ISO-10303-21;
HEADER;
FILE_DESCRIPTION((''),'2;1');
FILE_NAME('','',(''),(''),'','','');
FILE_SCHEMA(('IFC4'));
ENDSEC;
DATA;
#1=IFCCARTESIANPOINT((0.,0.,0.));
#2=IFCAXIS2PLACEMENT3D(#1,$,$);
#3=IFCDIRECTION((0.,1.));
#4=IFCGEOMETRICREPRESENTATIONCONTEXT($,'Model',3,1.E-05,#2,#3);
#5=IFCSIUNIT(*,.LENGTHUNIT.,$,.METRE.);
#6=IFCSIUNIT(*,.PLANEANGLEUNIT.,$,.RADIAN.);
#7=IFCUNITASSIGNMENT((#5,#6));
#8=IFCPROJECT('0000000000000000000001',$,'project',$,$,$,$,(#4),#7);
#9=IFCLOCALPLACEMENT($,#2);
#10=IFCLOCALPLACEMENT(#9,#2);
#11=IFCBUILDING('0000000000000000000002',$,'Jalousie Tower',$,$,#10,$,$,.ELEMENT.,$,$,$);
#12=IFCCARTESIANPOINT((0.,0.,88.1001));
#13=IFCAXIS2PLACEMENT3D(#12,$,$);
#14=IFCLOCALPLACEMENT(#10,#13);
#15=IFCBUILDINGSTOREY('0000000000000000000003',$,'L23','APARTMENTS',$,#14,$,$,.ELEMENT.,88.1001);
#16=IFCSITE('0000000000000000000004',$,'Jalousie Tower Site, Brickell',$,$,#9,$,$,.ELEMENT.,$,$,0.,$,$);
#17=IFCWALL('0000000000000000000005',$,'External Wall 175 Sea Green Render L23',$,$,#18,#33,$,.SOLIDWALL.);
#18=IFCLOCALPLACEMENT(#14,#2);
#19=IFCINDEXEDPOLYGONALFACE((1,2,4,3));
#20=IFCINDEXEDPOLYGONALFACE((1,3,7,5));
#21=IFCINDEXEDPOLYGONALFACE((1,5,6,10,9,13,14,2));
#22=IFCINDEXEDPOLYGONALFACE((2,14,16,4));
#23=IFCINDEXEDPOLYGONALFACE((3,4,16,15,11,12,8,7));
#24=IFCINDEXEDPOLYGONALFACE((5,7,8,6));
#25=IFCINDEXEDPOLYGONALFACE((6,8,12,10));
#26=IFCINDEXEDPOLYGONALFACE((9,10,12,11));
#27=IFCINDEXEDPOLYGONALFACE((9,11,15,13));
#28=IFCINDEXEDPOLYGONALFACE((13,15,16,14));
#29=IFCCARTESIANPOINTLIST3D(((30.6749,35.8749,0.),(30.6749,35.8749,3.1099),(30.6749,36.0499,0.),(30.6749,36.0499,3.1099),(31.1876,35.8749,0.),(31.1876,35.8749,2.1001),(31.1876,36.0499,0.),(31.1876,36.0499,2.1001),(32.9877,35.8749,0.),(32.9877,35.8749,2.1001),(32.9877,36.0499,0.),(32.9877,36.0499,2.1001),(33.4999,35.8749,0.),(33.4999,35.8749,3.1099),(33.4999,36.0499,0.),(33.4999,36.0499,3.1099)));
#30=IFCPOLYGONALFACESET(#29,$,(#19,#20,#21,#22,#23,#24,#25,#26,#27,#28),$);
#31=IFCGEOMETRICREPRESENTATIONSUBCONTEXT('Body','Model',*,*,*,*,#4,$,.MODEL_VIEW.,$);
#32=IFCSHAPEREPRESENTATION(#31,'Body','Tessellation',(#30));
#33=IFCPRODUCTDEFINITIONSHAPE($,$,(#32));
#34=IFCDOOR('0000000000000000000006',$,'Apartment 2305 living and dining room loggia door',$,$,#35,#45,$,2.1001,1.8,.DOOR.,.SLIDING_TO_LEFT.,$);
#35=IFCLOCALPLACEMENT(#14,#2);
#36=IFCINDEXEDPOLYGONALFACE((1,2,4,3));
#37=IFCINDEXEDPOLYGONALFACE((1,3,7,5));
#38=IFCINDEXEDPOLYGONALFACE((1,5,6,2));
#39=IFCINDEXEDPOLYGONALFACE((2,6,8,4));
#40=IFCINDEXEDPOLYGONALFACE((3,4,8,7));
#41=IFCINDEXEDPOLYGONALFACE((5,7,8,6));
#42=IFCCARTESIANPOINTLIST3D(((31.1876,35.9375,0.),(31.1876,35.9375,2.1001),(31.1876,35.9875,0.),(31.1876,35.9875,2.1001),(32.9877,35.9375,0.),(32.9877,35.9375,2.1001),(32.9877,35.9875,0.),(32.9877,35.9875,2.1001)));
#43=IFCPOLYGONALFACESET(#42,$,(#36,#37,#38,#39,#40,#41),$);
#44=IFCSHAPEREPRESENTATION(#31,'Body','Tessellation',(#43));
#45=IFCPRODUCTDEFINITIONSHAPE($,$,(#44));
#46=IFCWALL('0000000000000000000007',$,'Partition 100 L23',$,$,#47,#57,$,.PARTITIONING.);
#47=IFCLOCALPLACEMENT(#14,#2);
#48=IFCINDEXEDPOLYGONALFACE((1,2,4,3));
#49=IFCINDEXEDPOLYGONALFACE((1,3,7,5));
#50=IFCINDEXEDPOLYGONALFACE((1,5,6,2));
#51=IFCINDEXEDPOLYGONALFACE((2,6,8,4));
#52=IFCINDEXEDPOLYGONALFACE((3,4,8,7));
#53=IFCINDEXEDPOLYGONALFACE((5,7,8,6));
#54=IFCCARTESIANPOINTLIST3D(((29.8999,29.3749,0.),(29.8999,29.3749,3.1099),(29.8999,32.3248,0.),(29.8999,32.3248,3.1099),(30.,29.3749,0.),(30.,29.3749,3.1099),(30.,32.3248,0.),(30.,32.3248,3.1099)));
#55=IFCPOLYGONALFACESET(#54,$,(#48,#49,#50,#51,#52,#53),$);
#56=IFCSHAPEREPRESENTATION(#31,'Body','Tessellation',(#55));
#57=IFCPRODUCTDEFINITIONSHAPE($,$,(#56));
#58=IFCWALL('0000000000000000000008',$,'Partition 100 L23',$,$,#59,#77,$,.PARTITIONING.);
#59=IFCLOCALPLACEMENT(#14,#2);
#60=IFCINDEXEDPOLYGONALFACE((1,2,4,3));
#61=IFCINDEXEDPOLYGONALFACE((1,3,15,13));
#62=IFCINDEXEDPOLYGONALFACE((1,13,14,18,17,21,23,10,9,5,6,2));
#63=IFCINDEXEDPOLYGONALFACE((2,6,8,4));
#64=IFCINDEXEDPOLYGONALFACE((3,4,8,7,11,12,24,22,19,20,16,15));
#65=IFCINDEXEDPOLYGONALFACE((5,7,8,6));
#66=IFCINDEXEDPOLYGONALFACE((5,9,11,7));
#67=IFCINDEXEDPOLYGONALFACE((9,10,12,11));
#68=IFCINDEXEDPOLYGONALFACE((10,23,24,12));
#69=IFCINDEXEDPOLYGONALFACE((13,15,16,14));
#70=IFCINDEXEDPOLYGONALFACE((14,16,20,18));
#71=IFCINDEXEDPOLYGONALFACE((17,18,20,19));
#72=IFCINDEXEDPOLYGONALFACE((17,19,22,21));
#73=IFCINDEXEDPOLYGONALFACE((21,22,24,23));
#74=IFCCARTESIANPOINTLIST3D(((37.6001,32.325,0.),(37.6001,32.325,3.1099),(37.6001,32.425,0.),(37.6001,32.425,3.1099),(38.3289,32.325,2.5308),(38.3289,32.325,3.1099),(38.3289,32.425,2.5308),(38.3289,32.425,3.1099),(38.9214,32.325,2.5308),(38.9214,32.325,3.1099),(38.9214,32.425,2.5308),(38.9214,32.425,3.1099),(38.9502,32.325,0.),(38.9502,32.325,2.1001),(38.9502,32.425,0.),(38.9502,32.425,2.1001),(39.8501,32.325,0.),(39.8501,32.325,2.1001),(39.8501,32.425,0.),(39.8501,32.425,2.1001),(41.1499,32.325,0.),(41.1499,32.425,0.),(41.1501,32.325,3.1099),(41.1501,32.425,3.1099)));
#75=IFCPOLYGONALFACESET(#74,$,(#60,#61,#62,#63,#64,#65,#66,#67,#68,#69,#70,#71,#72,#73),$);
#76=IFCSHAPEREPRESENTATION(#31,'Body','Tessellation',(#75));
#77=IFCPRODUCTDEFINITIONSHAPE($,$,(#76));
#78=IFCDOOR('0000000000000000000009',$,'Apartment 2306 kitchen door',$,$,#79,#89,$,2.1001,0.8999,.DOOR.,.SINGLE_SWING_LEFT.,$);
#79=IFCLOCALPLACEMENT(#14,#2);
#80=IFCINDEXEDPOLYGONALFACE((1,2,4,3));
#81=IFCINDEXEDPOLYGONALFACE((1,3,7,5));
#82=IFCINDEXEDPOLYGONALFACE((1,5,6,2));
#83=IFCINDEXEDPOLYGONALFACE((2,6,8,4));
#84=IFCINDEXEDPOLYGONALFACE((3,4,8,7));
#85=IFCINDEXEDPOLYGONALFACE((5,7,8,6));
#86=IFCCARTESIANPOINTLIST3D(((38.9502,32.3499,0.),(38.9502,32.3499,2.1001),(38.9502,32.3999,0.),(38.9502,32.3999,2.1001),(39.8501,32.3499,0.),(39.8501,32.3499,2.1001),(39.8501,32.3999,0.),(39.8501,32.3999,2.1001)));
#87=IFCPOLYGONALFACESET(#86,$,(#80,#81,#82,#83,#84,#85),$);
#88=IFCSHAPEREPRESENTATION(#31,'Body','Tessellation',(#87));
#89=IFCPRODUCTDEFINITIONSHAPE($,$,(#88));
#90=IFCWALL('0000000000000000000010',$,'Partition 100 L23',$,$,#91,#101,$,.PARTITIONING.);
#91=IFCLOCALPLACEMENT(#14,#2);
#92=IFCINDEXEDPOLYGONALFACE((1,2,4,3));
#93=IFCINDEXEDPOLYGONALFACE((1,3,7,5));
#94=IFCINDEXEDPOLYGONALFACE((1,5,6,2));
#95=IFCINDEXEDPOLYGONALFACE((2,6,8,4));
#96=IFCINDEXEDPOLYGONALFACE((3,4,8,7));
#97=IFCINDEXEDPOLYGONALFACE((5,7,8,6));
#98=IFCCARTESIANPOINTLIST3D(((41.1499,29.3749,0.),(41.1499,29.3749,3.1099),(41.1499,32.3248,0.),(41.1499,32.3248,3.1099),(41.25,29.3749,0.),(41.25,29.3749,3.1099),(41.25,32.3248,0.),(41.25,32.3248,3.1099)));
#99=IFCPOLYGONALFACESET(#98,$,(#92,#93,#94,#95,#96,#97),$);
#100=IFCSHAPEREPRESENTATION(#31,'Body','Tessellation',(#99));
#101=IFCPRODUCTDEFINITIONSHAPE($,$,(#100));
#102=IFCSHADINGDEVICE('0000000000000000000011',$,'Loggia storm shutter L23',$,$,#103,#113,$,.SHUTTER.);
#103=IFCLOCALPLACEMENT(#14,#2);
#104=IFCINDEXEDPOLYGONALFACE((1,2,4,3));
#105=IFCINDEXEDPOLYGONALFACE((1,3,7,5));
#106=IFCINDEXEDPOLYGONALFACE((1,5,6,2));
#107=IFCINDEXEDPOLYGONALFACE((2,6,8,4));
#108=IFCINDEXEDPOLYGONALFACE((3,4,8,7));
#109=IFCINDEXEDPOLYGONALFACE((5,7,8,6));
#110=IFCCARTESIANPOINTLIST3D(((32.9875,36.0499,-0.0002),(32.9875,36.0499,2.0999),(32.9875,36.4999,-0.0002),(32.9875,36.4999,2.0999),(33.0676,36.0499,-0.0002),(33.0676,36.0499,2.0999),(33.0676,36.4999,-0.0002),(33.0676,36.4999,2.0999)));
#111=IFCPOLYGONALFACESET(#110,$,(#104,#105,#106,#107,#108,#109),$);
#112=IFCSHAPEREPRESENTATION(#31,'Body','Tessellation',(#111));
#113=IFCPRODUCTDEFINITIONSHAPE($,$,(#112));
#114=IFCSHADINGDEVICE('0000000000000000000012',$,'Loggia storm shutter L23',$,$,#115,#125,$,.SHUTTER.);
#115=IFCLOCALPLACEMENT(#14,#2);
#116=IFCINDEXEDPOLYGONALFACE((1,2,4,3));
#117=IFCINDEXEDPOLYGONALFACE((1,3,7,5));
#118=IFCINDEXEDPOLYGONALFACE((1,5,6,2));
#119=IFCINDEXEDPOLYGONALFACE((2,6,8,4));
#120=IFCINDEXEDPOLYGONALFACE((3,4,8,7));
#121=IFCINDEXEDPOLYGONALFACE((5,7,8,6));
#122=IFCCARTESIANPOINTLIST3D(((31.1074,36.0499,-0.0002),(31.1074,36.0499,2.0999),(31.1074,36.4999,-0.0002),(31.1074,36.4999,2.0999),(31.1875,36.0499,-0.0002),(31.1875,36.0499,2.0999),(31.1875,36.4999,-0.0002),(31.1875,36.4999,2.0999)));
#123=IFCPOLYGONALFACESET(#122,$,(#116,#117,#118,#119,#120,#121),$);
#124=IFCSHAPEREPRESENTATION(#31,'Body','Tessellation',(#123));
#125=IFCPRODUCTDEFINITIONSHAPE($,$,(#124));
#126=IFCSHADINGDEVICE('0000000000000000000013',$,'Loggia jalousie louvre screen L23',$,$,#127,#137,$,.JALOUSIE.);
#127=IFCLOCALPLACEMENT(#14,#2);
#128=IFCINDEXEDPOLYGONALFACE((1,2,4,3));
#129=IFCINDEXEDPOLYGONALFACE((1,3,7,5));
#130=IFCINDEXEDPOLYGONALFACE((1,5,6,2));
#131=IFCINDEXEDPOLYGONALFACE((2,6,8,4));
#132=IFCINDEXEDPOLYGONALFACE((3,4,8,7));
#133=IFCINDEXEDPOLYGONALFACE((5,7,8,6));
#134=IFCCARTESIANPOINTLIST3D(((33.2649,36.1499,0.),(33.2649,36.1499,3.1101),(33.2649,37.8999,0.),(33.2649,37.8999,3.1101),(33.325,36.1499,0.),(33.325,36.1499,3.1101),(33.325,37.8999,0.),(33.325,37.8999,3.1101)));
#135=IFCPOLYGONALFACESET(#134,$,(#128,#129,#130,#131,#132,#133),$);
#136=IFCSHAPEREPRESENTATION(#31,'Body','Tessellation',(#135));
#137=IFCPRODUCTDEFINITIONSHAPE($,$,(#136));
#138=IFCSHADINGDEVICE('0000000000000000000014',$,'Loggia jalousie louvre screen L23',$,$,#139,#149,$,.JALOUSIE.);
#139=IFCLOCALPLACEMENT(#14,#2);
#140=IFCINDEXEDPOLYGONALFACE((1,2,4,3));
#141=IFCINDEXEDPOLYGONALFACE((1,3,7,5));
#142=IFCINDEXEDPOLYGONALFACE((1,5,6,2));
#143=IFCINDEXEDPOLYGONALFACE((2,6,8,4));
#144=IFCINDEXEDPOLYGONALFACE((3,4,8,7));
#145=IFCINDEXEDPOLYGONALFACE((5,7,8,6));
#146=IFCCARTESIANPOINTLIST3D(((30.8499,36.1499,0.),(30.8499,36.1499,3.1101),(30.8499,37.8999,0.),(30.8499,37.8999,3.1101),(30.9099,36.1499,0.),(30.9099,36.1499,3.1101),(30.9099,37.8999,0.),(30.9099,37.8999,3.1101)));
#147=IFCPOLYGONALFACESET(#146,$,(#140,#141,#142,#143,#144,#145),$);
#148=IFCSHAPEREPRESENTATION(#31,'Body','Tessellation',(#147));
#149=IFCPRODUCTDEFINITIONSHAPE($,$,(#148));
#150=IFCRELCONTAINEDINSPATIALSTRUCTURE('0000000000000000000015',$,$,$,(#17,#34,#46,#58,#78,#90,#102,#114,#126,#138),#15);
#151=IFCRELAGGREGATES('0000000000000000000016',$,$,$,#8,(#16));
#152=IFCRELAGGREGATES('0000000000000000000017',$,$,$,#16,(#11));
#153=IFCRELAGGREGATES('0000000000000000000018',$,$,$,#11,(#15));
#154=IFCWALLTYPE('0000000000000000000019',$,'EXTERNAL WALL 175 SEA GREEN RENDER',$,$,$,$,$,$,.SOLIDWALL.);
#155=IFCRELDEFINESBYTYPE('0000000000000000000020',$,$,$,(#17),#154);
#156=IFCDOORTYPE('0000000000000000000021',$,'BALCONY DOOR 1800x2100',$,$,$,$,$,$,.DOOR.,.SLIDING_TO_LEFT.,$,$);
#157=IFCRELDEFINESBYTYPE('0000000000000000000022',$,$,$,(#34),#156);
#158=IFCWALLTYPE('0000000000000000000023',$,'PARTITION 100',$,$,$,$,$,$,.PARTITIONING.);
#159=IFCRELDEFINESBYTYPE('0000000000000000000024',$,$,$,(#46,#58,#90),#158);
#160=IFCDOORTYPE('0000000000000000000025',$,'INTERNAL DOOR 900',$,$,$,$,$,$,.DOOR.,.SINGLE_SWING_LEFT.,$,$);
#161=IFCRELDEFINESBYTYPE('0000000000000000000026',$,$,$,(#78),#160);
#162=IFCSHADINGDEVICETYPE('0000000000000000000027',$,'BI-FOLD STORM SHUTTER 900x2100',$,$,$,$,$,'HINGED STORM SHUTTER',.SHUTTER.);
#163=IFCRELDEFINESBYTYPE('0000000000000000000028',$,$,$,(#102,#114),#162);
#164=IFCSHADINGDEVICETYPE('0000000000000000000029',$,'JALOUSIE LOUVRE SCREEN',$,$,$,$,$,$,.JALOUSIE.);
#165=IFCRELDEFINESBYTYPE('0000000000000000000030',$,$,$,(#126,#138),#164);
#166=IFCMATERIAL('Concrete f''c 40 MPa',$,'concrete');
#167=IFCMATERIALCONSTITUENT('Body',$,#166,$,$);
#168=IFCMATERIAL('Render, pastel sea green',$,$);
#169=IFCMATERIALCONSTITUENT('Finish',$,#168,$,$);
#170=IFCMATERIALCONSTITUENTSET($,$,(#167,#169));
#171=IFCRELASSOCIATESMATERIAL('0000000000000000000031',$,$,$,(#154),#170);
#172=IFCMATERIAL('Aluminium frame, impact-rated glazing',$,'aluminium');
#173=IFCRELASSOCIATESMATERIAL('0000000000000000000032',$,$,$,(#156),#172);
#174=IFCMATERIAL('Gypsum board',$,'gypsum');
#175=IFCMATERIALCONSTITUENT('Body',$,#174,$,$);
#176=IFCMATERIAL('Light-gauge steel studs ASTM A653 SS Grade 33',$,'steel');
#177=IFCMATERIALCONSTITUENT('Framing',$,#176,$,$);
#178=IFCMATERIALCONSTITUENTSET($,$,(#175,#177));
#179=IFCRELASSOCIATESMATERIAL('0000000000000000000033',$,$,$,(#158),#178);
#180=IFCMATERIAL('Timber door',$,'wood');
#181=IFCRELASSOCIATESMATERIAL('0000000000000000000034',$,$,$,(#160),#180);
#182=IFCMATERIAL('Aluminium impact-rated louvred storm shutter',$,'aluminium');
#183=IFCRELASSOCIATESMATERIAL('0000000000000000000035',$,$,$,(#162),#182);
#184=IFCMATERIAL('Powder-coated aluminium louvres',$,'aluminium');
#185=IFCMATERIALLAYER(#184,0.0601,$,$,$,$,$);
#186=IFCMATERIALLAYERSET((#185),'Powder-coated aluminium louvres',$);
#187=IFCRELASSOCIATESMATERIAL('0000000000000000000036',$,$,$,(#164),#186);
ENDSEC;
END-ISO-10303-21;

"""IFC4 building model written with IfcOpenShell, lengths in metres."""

from ifc_helpers import new_model, si_unit, direction, frame, frame_2d, origin, origin_2d, place, context, subcontext, project, spatial, polyline, rectangle, outline, extrude, material, layer, layer_set, constituent, constituent_set, type_object, element, fill, save


model = new_model("IFC4")

# Units and contexts
model_context = context("Model", 3, precision=1e-05, world=origin(), true_north=direction((0.0, 1.0)))
body_context = subcontext(model_context, "Body", "Model", "MODEL_VIEW")
ifc_project = project(units=[si_unit("LENGTHUNIT", "METRE"), si_unit("PLANEANGLEUNIT", "RADIAN")], contexts=[model_context])

# Site, building, storey
site_placement = place(None, origin())
site = spatial("IfcSite", under=ifc_project, at=site_placement, Name="Jalousie Tower Site, Brickell", CompositionType="ELEMENT", RefElevation=0.0)
building_placement = place(site_placement, origin())
building = spatial("IfcBuilding", under=site, at=building_placement, Name="Jalousie Tower", CompositionType="ELEMENT")
storey_placement = place(building_placement, frame((0.0, 0.0, 88.1001)))
storey = spatial("IfcBuildingStorey", under=building, at=storey_placement, Name="L23", Description="APARTMENTS", CompositionType="ELEMENT", Elevation=88.1001)

# Wall, opening, door
ifc_material_1 = material(Name="Concrete f'c 40 MPa", Category="concrete")
ifc_constituent_1 = constituent(ifc_material_1, Name="Body")
ifc_material_2 = material(Name="Render, pastel sea green")
ifc_constituent_2 = constituent(ifc_material_2, Name="Finish")
ifc_constituent_set_1 = constituent_set(constituents=[ifc_constituent_1, ifc_constituent_2])
wall_type_1 = type_object("IfcWallType", Name="EXTERNAL WALL 175 SEA GREEN RENDER", PredefinedType="SOLIDWALL", material=ifc_constituent_set_1)
wall_1_placement = place(storey_placement, frame((33.5, 35.9624, 0.0), z_axis=(0.0, 0.0, 1.0), x_axis=(-1.0, 0.0, 0.0)))
wall_1 = element("IfcWall", 1, at=wall_1_placement, inside=storey, type_object=wall_type_1, Name="External Wall 175 Sea Green Render L23", PredefinedType="SOLIDWALL", context=body_context, shape_type="SweptSolid", body=[
    extrude(rectangle(XDim=2.825, YDim=0.175, at=frame_2d((1.4126, 0.0))), origin(), (0.0, 0.0, 1.0), 3.1099),
])
opening_1_placement = place(wall_1_placement, frame((0.5125, 0.0, 0.0)))
opening_1 = element("IfcOpeningElement", 2, at=opening_1_placement, cuts=wall_1, PredefinedType="OPENING", context=body_context, shape_type="SweptSolid", body=[
    extrude(rectangle(XDim=1.8, YDim=2.1001, at=frame_2d((0.8999, 1.05))), frame((0.0, 0.0974, 0.0), z_axis=(0.0, -1.0, 0.0), x_axis=(1.0, 0.0, 0.0)), (0.0, 0.0, 1.0), 0.1951),
])
ifc_material_3 = material(Name="Aluminium frame, impact-rated glazing", Category="aluminium")
door_type_1 = type_object("IfcDoorType", Name="BALCONY DOOR 1800x2100", OperationType="SLIDING_TO_LEFT", PredefinedType="DOOR", material=ifc_material_3)
door_1_placement = place(opening_1_placement, origin())
door_1 = element("IfcDoor", 3, at=door_1_placement, inside=storey, type_object=door_type_1, Name="Apartment 2305 living and dining room loggia door", OperationType="SLIDING_TO_LEFT", OverallHeight=2.1001, OverallWidth=1.8, PredefinedType="DOOR", context=body_context, shape_type="SweptSolid", body=[
    extrude(rectangle(XDim=1.8, YDim=2.1001, at=frame_2d((0.8999, 1.05))), frame((0.0, 0.0249, 0.0), z_axis=(0.0, -1.0, 0.0), x_axis=(1.0, 0.0, 0.0)), (0.0, 0.0, 1.0), 0.05),
])
fill(opening_1, door_1)

# Wall
ifc_material_4 = material(Name="Gypsum board", Category="gypsum")
ifc_constituent_3 = constituent(ifc_material_4, Name="Body")
ifc_material_5 = material(Name="Light-gauge steel studs ASTM A653 SS Grade 33", Category="steel")
ifc_constituent_4 = constituent(ifc_material_5, Name="Framing")
ifc_constituent_set_2 = constituent_set(constituents=[ifc_constituent_3, ifc_constituent_4])
wall_type_2 = type_object("IfcWallType", Name="PARTITION 100", PredefinedType="PARTITIONING", material=ifc_constituent_set_2)
wall_2_placement = place(storey_placement, frame((29.95, 32.325, 0.0), z_axis=(0.0, 0.0, 1.0), x_axis=(0.0, -1.0, 0.0)))
element("IfcWall", 4, at=wall_2_placement, inside=storey, type_object=wall_type_2, Name="Partition 100 L23", PredefinedType="PARTITIONING", context=body_context, shape_type="SweptSolid", body=[
    extrude(rectangle(XDim=2.95, YDim=0.1001, at=frame_2d((1.4751, 0.0))), origin(), (0.0, 0.0, 1.0), 3.1099),
])

# Wall, opening, door
wall_3_placement = place(storey_placement, frame((37.6001, 32.375, 0.0), z_axis=(0.0, 0.0, 1.0), x_axis=(1.0, 0.0, 0.0)))
wall_3 = element("IfcWall", 5, at=wall_3_placement, inside=storey, type_object=wall_type_2, Name="Partition 100 L23", PredefinedType="PARTITIONING", context=body_context, shape_type="SweptSolid", body=[
    extrude(outline(polyline([(0.0, 0.0), (3.5498, 0.0), (3.55, 3.1099), (1.3213, 3.1099), (1.3213, 2.5308), (0.7288, 2.5308), (0.7288, 3.1099), (0.0, 3.1099), (0.0, 0.0)])), frame((0.0, 0.05, 0.0), z_axis=(0.0, -1.0, 0.0), x_axis=(1.0, 0.0, 0.0)), (0.0, 0.0, 1.0), 0.1001),
])
opening_2_placement = place(wall_3_placement, frame((1.3501, 0.0, 0.0)))
opening_2 = element("IfcOpeningElement", 6, at=opening_2_placement, cuts=wall_3, PredefinedType="OPENING", context=body_context, shape_type="SweptSolid", body=[
    extrude(rectangle(XDim=0.8999, YDim=2.1001, at=frame_2d((0.45, 1.05))), frame((0.0, 0.0601, 0.0), z_axis=(0.0, -1.0, 0.0), x_axis=(1.0, 0.0, 0.0)), (0.0, 0.0, 1.0), 0.1201),
])
ifc_material_6 = material(Name="Timber door", Category="wood")
door_type_2 = type_object("IfcDoorType", Name="INTERNAL DOOR 900", OperationType="SINGLE_SWING_LEFT", PredefinedType="DOOR", material=ifc_material_6)
door_2_placement = place(opening_2_placement, origin())
door_2 = element("IfcDoor", 7, at=door_2_placement, inside=storey, type_object=door_type_2, Name="Apartment 2306 kitchen door", OperationType="SINGLE_SWING_LEFT", OverallHeight=2.1001, OverallWidth=0.8999, PredefinedType="DOOR", context=body_context, shape_type="SweptSolid", body=[
    extrude(rectangle(XDim=0.8999, YDim=2.1001, at=frame_2d((0.45, 1.05))), frame((0.0, 0.0249, 0.0), z_axis=(0.0, -1.0, 0.0), x_axis=(1.0, 0.0, 0.0)), (0.0, 0.0, 1.0), 0.05),
])
fill(opening_2, door_2)

# Wall
wall_4_placement = place(storey_placement, frame((41.2, 32.325, 0.0), z_axis=(0.0, 0.0, 1.0), x_axis=(0.0, -1.0, 0.0)))
element("IfcWall", 8, at=wall_4_placement, inside=storey, type_object=wall_type_2, Name="Partition 100 L23", PredefinedType="PARTITIONING", context=body_context, shape_type="SweptSolid", body=[
    extrude(rectangle(XDim=2.95, YDim=0.1001, at=frame_2d((1.4751, 0.0))), origin(), (0.0, 0.0, 1.0), 3.1099),
])

# Shading devices
ifc_material_7 = material(Name="Aluminium impact-rated louvred storm shutter", Category="aluminium")
shading_device_type_1 = type_object("IfcShadingDeviceType", Name="BI-FOLD STORM SHUTTER 900x2100", ElementType="HINGED STORM SHUTTER", PredefinedType="SHUTTER", material=ifc_material_7)
for number, where, z_axis, x_axis, name in (
    (9, (33.0276, 36.2749, -0.0002), (0.0, 0.0, 1.0), (0.0, -1.0, 0.0), "Loggia storm shutter L23"),
    (10, (31.1475, 36.2749, -0.0002), (0.0, 0.0, 1.0), (0.0, -1.0, 0.0), "Loggia storm shutter L23"),
):
    element("IfcShadingDevice", number, at=place(storey_placement, frame(where, z_axis=z_axis, x_axis=x_axis)), inside=storey, type_object=shading_device_type_1, Name=name, PredefinedType="SHUTTER", context=body_context, shape_type="SweptSolid", body=[
        extrude(rectangle(XDim=0.45, YDim=0.0801, at=origin_2d()), origin(), (0.0, 0.0, 1.0), 2.1001),
    ])
ifc_material_8 = material(Name="Powder-coated aluminium louvres", Category="aluminium")
ifc_layer = layer(ifc_material_8, 0.0601)
ifc_layer_set = layer_set([ifc_layer], Name="Powder-coated aluminium louvres")
shading_device_type_2 = type_object("IfcShadingDeviceType", Name="JALOUSIE LOUVRE SCREEN", PredefinedType="JALOUSIE", material=ifc_layer_set)
for number, where, z_axis, x_axis, name in (
    (11, (33.2949, 37.0249, 0.0), (0.0, 0.0, 1.0), (-1.0, 0.0, 0.0), "Loggia jalousie louvre screen L23"),
    (12, (30.8799, 37.0249, 0.0), (0.0, 0.0, 1.0), (-1.0, 0.0, 0.0), "Loggia jalousie louvre screen L23"),
):
    element("IfcShadingDevice", number, at=place(storey_placement, frame(where, z_axis=z_axis, x_axis=x_axis)), inside=storey, type_object=shading_device_type_2, Name=name, PredefinedType="JALOUSIE", context=body_context, shape_type="SweptSolid", body=[
        extrude(rectangle(XDim=0.0601, YDim=1.75, at=origin_2d()), origin(), (0.0, 0.0, 1.0), 3.1101),
    ])

save(model, "model.ifc")
